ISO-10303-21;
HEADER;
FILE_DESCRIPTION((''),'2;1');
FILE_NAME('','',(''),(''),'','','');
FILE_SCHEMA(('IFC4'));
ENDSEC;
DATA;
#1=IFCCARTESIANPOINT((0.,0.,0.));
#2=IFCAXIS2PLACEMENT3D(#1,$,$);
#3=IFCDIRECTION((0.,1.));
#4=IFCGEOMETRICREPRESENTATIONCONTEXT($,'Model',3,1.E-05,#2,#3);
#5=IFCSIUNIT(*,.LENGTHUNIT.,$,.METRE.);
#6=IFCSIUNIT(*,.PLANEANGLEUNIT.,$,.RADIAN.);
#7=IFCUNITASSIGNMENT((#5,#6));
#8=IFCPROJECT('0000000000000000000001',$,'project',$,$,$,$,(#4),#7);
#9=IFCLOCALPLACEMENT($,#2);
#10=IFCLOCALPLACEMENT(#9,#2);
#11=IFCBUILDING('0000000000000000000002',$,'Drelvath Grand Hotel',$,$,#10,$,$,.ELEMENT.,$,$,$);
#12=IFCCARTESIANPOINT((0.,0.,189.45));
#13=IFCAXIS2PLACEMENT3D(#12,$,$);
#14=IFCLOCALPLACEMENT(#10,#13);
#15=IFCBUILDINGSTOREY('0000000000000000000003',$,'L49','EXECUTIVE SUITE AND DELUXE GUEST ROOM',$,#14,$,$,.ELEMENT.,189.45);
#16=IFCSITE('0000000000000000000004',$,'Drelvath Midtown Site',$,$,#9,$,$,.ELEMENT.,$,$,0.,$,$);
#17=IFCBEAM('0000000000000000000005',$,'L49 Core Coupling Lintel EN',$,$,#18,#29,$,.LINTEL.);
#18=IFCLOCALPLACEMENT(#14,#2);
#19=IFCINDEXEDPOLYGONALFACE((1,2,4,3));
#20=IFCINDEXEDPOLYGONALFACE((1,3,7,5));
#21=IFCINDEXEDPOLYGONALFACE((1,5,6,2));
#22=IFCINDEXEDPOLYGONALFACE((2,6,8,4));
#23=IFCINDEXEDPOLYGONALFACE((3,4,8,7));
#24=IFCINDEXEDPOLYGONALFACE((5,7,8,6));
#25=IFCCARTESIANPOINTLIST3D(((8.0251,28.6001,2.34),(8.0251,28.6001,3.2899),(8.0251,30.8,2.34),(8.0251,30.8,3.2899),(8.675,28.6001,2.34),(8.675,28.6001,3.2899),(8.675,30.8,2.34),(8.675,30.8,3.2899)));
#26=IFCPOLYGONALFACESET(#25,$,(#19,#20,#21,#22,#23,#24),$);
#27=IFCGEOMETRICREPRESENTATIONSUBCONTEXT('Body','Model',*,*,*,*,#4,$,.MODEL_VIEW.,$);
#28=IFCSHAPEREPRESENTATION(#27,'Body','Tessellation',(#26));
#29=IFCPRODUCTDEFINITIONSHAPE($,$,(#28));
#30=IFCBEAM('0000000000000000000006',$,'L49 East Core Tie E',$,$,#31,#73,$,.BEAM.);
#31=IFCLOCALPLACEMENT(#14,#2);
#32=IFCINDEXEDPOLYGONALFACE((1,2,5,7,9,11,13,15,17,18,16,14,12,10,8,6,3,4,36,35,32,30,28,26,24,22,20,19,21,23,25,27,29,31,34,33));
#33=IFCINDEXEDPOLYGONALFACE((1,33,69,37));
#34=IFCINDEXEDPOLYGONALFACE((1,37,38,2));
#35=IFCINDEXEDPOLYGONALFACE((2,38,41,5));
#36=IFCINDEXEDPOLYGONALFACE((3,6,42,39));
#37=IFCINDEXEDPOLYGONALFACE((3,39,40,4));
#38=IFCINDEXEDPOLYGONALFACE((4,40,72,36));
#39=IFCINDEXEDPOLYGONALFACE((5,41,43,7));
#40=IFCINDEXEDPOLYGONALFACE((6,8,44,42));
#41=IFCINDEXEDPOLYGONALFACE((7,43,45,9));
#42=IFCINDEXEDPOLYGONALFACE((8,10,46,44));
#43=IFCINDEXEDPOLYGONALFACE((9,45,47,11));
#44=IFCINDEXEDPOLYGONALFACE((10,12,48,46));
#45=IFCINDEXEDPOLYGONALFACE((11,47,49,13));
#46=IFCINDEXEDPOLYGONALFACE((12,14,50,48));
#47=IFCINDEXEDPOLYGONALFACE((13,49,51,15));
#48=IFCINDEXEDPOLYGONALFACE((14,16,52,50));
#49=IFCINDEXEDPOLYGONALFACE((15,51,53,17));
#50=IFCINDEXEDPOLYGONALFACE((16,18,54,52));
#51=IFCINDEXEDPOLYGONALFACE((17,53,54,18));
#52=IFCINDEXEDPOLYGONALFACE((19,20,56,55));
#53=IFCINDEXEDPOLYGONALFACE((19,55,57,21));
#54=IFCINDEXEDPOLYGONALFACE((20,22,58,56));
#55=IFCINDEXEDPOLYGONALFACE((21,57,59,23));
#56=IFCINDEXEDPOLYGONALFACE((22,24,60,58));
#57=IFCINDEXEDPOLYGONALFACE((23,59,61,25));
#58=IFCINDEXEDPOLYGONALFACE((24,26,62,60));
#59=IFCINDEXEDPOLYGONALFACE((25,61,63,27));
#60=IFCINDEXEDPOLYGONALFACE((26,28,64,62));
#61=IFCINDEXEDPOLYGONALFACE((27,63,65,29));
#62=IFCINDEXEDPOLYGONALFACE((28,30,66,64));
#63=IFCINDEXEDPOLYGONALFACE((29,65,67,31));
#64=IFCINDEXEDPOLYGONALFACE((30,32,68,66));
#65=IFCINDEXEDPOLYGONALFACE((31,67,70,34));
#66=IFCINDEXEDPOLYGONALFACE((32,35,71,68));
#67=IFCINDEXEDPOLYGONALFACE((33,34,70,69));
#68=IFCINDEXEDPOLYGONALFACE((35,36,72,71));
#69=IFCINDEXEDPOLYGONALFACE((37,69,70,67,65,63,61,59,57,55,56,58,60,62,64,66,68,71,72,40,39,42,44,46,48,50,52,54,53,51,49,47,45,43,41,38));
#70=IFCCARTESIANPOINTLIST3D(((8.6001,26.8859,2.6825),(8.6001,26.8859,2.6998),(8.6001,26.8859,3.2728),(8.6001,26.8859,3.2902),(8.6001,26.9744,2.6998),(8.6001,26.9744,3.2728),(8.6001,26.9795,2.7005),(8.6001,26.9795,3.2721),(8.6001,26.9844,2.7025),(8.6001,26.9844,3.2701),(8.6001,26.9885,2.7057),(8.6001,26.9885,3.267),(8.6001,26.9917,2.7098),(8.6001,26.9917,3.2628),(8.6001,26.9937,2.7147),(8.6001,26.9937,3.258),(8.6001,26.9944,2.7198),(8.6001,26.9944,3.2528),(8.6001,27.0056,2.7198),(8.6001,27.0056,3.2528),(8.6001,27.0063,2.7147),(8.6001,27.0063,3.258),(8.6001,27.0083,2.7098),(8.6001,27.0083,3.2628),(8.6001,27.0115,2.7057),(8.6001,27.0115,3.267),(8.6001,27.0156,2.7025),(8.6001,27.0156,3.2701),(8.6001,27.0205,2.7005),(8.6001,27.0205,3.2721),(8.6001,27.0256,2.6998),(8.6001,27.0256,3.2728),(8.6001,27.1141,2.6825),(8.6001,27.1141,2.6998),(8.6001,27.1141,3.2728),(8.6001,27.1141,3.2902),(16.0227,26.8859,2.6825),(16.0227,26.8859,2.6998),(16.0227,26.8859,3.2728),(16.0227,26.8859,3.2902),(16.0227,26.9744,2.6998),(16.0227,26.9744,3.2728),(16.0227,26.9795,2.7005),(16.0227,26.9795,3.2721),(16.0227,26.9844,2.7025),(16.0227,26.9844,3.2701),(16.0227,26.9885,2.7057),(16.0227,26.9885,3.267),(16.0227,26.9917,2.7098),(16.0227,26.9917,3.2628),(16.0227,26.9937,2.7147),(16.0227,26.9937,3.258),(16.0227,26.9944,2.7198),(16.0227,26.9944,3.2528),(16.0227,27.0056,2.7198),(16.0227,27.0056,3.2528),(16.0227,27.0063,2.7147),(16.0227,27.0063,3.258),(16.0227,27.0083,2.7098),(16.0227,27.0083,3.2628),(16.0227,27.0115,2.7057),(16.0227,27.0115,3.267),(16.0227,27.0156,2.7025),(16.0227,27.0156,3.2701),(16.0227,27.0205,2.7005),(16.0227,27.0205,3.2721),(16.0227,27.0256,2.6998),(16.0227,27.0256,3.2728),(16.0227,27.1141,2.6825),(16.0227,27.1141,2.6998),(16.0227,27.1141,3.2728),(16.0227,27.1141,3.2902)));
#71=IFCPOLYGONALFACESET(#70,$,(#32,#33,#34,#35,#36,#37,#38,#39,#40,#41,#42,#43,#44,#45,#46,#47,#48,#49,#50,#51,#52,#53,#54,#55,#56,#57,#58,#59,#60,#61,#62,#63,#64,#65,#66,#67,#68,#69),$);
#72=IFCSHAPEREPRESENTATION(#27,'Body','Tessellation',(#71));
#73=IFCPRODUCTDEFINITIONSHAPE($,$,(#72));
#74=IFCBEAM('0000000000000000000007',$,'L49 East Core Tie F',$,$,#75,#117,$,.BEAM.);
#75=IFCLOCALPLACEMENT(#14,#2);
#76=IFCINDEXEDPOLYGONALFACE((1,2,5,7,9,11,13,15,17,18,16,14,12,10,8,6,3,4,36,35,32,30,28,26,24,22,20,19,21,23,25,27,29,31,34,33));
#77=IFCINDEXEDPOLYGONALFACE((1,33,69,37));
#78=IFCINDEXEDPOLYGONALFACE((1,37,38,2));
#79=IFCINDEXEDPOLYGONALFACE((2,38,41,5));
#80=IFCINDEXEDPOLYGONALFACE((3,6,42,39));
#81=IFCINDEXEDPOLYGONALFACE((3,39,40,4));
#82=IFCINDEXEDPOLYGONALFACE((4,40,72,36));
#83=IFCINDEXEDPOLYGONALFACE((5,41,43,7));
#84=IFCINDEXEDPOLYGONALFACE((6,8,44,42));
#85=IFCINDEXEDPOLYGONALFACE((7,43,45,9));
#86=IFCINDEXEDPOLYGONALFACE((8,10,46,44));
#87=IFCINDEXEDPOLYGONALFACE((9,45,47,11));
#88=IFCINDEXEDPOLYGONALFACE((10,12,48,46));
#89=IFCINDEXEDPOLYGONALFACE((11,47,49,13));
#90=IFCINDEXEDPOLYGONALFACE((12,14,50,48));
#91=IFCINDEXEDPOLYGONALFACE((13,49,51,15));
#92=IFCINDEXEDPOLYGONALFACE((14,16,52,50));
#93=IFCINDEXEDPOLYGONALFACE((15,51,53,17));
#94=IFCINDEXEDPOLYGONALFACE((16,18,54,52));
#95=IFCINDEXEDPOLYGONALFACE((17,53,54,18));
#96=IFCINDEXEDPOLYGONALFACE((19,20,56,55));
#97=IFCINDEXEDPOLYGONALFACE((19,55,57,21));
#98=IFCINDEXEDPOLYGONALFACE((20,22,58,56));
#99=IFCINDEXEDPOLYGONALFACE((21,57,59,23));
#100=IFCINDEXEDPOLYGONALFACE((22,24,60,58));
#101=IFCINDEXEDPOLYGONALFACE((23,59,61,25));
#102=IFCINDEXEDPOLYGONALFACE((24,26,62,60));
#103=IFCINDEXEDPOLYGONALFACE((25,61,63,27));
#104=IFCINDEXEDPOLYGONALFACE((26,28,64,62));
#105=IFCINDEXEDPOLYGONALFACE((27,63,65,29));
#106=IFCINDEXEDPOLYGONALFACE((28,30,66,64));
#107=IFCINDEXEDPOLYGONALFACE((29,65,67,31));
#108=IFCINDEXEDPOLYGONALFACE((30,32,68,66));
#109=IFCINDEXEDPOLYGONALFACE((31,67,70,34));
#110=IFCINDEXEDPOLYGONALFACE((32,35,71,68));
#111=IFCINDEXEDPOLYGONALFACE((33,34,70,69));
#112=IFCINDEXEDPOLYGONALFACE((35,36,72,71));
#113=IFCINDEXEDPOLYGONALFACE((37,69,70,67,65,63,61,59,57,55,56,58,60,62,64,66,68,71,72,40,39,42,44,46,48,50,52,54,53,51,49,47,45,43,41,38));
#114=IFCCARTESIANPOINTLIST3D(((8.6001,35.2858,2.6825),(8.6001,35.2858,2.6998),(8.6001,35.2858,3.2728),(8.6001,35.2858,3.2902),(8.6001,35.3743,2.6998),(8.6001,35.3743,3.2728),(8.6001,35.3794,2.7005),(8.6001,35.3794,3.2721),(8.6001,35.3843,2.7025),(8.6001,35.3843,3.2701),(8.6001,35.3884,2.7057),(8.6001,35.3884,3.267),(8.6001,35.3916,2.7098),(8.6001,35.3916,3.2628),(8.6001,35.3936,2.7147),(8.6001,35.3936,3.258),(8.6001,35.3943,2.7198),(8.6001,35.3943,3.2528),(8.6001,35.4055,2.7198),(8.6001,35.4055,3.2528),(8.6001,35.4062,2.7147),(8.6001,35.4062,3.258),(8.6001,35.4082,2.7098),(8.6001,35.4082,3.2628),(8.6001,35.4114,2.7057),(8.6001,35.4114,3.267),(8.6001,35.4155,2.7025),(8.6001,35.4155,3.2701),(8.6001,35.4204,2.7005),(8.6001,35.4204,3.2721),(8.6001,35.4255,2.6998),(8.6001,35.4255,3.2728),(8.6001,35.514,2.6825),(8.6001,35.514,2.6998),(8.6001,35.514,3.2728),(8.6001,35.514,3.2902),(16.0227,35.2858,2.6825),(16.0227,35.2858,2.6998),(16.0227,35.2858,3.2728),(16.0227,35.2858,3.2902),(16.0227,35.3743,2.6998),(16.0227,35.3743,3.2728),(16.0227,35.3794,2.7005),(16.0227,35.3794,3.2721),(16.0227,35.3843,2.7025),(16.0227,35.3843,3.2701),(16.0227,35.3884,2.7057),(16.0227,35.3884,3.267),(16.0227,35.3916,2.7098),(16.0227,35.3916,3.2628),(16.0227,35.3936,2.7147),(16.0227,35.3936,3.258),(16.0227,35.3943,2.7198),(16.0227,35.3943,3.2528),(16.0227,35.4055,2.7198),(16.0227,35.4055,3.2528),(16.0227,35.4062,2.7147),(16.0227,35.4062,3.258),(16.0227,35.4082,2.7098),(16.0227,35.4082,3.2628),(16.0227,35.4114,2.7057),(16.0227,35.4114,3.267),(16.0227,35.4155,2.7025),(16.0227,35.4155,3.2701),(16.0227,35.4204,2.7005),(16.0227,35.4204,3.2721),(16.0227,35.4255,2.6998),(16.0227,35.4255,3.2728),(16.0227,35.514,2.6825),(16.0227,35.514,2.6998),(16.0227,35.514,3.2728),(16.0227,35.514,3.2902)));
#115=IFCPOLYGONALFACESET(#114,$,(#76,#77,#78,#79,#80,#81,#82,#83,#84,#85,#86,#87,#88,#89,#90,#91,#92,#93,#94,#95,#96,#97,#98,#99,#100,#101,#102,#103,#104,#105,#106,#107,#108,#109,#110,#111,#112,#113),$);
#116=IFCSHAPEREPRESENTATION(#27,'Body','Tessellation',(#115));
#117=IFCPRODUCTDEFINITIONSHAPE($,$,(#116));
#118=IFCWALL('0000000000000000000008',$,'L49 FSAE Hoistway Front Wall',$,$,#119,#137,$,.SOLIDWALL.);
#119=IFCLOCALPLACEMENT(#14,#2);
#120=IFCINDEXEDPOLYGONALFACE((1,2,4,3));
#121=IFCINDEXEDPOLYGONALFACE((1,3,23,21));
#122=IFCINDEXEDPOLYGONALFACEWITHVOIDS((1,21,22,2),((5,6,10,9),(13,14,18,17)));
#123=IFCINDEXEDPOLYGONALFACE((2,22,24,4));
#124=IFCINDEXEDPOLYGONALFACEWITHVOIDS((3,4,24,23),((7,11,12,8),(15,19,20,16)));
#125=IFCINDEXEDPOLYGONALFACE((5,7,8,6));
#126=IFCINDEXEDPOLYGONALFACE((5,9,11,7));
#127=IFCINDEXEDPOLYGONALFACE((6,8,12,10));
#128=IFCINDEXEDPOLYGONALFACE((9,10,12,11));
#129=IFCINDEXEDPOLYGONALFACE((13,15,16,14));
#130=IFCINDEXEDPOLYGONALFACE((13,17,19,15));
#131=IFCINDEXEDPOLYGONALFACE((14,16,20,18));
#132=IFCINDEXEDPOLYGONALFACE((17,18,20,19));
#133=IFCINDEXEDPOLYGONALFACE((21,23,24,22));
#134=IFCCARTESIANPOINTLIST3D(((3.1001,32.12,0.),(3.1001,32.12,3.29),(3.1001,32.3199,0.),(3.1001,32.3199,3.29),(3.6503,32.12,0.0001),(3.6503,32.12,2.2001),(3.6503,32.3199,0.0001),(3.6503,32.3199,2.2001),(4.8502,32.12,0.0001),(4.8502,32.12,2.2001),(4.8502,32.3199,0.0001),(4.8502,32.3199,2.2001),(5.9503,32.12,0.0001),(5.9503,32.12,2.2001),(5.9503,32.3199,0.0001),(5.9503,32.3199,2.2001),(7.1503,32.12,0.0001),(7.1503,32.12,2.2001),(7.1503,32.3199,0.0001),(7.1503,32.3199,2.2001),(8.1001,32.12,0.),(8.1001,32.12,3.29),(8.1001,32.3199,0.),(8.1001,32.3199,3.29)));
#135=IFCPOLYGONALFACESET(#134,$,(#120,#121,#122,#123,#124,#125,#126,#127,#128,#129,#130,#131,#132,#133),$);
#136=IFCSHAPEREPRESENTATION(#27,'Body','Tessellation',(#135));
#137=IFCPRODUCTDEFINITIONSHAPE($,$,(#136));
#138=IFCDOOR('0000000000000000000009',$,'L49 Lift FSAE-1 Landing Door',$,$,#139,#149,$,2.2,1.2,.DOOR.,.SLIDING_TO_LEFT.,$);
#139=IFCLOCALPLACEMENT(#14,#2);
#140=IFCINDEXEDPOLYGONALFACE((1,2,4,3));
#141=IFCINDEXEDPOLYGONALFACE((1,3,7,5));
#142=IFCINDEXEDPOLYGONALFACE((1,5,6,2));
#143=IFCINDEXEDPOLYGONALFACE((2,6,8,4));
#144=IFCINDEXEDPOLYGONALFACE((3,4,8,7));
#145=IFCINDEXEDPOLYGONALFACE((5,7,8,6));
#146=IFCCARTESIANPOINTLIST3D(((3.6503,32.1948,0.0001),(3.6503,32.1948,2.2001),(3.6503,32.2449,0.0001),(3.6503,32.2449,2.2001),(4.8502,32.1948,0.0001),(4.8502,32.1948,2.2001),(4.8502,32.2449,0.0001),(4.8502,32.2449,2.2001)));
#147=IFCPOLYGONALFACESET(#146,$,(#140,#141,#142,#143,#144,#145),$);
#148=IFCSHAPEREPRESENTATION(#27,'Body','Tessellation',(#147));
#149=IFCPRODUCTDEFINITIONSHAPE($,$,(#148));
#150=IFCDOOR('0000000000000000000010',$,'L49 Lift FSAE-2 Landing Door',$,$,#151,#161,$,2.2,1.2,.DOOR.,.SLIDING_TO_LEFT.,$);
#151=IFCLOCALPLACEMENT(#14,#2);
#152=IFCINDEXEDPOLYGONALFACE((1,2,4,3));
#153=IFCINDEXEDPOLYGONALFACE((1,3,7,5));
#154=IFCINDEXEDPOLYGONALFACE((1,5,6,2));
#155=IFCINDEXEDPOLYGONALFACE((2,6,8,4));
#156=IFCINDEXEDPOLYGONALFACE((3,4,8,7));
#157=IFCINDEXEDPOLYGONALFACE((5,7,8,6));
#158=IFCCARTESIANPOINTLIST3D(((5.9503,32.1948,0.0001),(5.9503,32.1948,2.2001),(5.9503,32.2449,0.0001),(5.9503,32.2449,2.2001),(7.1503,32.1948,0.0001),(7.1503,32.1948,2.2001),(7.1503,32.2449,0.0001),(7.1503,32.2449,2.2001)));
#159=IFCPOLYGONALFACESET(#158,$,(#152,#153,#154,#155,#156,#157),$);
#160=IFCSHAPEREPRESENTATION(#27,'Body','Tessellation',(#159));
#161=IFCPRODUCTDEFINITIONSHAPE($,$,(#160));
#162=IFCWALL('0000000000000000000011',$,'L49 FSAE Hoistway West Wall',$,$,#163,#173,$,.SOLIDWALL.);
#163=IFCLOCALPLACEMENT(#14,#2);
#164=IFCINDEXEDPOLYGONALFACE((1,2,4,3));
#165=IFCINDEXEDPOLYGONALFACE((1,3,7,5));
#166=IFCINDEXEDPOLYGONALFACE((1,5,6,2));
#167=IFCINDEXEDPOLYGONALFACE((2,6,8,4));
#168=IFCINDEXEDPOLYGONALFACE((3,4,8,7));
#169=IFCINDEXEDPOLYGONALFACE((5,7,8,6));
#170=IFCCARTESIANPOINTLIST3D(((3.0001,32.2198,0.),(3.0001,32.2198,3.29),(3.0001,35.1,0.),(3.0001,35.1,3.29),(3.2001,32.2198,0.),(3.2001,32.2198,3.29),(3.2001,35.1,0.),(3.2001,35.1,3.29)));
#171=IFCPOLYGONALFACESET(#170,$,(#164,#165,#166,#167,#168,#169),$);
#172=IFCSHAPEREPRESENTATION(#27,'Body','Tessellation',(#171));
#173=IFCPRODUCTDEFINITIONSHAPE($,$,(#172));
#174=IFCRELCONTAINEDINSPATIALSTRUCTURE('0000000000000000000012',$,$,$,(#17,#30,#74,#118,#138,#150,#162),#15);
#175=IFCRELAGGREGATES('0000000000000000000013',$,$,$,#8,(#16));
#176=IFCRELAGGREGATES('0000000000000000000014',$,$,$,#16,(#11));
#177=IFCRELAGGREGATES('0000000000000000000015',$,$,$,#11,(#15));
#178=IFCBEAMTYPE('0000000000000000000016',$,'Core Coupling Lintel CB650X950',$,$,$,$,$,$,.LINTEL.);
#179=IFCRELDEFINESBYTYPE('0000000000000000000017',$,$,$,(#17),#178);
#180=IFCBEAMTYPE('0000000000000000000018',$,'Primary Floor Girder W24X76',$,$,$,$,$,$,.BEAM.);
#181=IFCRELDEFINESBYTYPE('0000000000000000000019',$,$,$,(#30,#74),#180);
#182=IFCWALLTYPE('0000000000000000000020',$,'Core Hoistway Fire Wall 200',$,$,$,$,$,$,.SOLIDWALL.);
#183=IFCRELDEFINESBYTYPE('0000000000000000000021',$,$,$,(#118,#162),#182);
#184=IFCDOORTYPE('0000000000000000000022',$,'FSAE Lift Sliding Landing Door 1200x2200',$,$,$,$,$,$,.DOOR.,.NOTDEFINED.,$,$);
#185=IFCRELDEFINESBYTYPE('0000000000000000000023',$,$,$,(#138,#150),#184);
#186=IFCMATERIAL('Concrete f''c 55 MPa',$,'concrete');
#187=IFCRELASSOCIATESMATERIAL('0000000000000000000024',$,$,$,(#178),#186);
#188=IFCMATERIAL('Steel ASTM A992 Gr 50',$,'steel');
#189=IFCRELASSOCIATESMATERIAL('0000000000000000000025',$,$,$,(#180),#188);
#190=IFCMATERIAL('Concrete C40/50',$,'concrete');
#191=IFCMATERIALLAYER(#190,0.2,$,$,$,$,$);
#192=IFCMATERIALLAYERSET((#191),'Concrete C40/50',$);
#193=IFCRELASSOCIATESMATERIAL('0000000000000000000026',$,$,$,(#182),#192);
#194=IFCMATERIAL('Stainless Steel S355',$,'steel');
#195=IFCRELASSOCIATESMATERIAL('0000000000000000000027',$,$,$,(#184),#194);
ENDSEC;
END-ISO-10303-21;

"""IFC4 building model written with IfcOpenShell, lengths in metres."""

from ifc_helpers import new_model, si_unit, direction, frame, frame_2d, origin, origin_2d, place, context, subcontext, project, spatial, rectangle, i_section, extrude, material, layer, layer_set, material_profile, profile_set, type_object, element, fill, save


model = new_model("IFC4")

# Units and contexts
model_context = context("Model", 3, precision=1e-05, world=origin(), true_north=direction((0.0, 1.0)))
body_context = subcontext(model_context, "Body", "Model", "MODEL_VIEW")
ifc_project = project(units=[si_unit("LENGTHUNIT", "METRE"), si_unit("PLANEANGLEUNIT", "RADIAN")], contexts=[model_context])

# Site, building, storey
site_placement = place(None, origin())
site = spatial("IfcSite", under=ifc_project, at=site_placement, Name="Drelvath Midtown Site", CompositionType="ELEMENT", RefElevation=0.0)
building_placement = place(site_placement, origin())
building = spatial("IfcBuilding", under=site, at=building_placement, Name="Drelvath Grand Hotel", CompositionType="ELEMENT")
storey_placement = place(building_placement, frame((0.0, 0.0, 189.45)))
storey = spatial("IfcBuildingStorey", under=building, at=storey_placement, Name="L49", Description="EXECUTIVE SUITE AND DELUXE GUEST ROOM", CompositionType="ELEMENT", Elevation=189.45)

# Beams
ifc_material_1 = material(Name="Concrete f'c 55 MPa", Category="concrete")
ifc_material_profile_1 = material_profile(ifc_material_1, rectangle(XDim=0.6499, YDim=0.95, at=origin_2d()), Name="CB650X950")
ifc_profile_set_1 = profile_set([ifc_material_profile_1], Name="Concrete f'c 55 MPa")
beam_type_1 = type_object("IfcBeamType", Name="Core Coupling Lintel CB650X950", PredefinedType="LINTEL", material=ifc_profile_set_1)
beam_placement = place(storey_placement, frame((8.3501, 28.6001, 2.8149), z_axis=(0.0, 1.0, 0.0), x_axis=(-1.0, 0.0, 0.0)))
element("IfcBeam", 1, at=beam_placement, inside=storey, type_object=beam_type_1, Name="L49 Core Coupling Lintel EN", PredefinedType="LINTEL", context=body_context, shape_type="SweptSolid", body=[
    extrude(rectangle(XDim=0.6499, YDim=0.95, at=origin_2d()), origin(), (0.0, 0.0, 1.0), 2.2),
])
ifc_material_2 = material(Name="Steel ASTM A992 Gr 50", Category="steel")
ifc_material_profile_2 = material_profile(ifc_material_2, i_section(OverallWidth=0.2283, OverallDepth=0.6077, WebThickness=0.0112, FlangeThickness=0.0173, FilletRadius=0.02, at=origin_2d()), Name="W24X76")
ifc_profile_set_2 = profile_set([ifc_material_profile_2], Name="Steel ASTM A992 Gr 50")
beam_type_2 = type_object("IfcBeamType", Name="Primary Floor Girder W24X76", PredefinedType="BEAM", material=ifc_profile_set_2)
for number, where, z_axis, x_axis, name in (
    (2, (8.6001, 27.0, 2.9863), (1.0, 0.0, 0.0), (0.0, 1.0, 0.0), "L49 East Core Tie E"),
    (3, (8.6001, 35.3999, 2.9863), (1.0, 0.0, 0.0), (0.0, 1.0, 0.0), "L49 East Core Tie F"),
):
    element("IfcBeam", number, at=place(storey_placement, frame(where, z_axis=z_axis, x_axis=x_axis)), inside=storey, type_object=beam_type_2, Name=name, PredefinedType="BEAM", context=body_context, shape_type="SweptSolid", body=[
        extrude(i_section(OverallWidth=0.2283, OverallDepth=0.6077, WebThickness=0.0112, FlangeThickness=0.0173, FilletRadius=0.02, at=origin_2d()), origin(), (0.0, 0.0, 1.0), 7.4226),
    ])

# Wall, openings, doors
ifc_material_3 = material(Name="Concrete C40/50", Category="concrete")
ifc_layer_1 = layer(ifc_material_3, 0.2)
ifc_layer_set_1 = layer_set([ifc_layer_1], Name="Concrete C40/50")
wall_type_1 = type_object("IfcWallType", Name="Core Hoistway Fire Wall 200", PredefinedType="SOLIDWALL", material=ifc_layer_set_1)
wall_1_placement = place(storey_placement, frame((3.1001, 32.22, 0.0), z_axis=(0.0, 0.0, 1.0), x_axis=(1.0, 0.0, 0.0)))
wall_1 = element("IfcWall", 4, at=wall_1_placement, inside=storey, type_object=wall_type_1, Name="L49 FSAE Hoistway Front Wall", PredefinedType="SOLIDWALL", context=body_context, shape_type="SweptSolid", body=[
    extrude(rectangle(XDim=5.0, YDim=0.2, at=frame_2d((2.5, 0.0))), origin(), (0.0, 0.0, 1.0), 3.29),
])
opening_1_placement = place(wall_1_placement, frame((0.55, 0.0, 0.0)))
opening_1 = element("IfcOpeningElement", 5, at=opening_1_placement, cuts=wall_1, PredefinedType="OPENING", context=body_context, shape_type="SweptSolid", body=[
    extrude(rectangle(XDim=1.2, YDim=2.2, at=frame_2d((0.6001, 1.1001))), frame((0.0, 0.1099, 0.0), z_axis=(0.0, -1.0, 0.0), x_axis=(1.0, 0.0, 0.0)), (0.0, 0.0, 1.0), 0.22),
])
opening_2_placement = place(wall_1_placement, frame((2.8501, 0.0, 0.0)))
opening_2 = element("IfcOpeningElement", 6, at=opening_2_placement, cuts=wall_1, PredefinedType="OPENING", context=body_context, shape_type="SweptSolid", body=[
    extrude(rectangle(XDim=1.2, YDim=2.2, at=frame_2d((0.6001, 1.1001))), frame((0.0, 0.1099, 0.0), z_axis=(0.0, -1.0, 0.0), x_axis=(1.0, 0.0, 0.0)), (0.0, 0.0, 1.0), 0.22),
])
ifc_material_4 = material(Name="Stainless Steel S355", Category="steel")
door_type_1 = type_object("IfcDoorType", Name="FSAE Lift Sliding Landing Door 1200x2200", OperationType="NOTDEFINED", PredefinedType="DOOR", material=ifc_material_4)
door_1_placement = place(opening_1_placement, origin())
door_1 = element("IfcDoor", 7, at=door_1_placement, inside=storey, type_object=door_type_1, Name="L49 Lift FSAE-1 Landing Door", OperationType="SLIDING_TO_LEFT", OverallHeight=2.2, OverallWidth=1.2, PredefinedType="DOOR", context=body_context, shape_type="SweptSolid", body=[
    extrude(rectangle(XDim=1.2, YDim=2.2, at=frame_2d((0.6001, 1.1001))), frame((0.0, 0.0249, 0.0), z_axis=(0.0, -1.0, 0.0), x_axis=(1.0, 0.0, 0.0)), (0.0, 0.0, 1.0), 0.05),
])
fill(opening_1, door_1)
door_2_placement = place(opening_2_placement, origin())
door_2 = element("IfcDoor", 8, at=door_2_placement, inside=storey, type_object=door_type_1, Name="L49 Lift FSAE-2 Landing Door", OperationType="SLIDING_TO_LEFT", OverallHeight=2.2, OverallWidth=1.2, PredefinedType="DOOR", context=body_context, shape_type="SweptSolid", body=[
    extrude(rectangle(XDim=1.2, YDim=2.2, at=frame_2d((0.6001, 1.1001))), frame((0.0, 0.0249, 0.0), z_axis=(0.0, -1.0, 0.0), x_axis=(1.0, 0.0, 0.0)), (0.0, 0.0, 1.0), 0.05),
])
fill(opening_2, door_2)

# Wall
wall_2_placement = place(storey_placement, frame((3.1001, 32.22, 0.0), z_axis=(0.0, 0.0, 1.0), x_axis=(0.0, 1.0, 0.0)))
element("IfcWall", 9, at=wall_2_placement, inside=storey, type_object=wall_type_1, Name="L49 FSAE Hoistway West Wall", PredefinedType="SOLIDWALL", context=body_context, shape_type="SweptSolid", body=[
    extrude(rectangle(XDim=2.8801, YDim=0.2, at=frame_2d((1.4399, 0.0))), origin(), (0.0, 0.0, 1.0), 3.29),
])

save(model, "model.ifc")
